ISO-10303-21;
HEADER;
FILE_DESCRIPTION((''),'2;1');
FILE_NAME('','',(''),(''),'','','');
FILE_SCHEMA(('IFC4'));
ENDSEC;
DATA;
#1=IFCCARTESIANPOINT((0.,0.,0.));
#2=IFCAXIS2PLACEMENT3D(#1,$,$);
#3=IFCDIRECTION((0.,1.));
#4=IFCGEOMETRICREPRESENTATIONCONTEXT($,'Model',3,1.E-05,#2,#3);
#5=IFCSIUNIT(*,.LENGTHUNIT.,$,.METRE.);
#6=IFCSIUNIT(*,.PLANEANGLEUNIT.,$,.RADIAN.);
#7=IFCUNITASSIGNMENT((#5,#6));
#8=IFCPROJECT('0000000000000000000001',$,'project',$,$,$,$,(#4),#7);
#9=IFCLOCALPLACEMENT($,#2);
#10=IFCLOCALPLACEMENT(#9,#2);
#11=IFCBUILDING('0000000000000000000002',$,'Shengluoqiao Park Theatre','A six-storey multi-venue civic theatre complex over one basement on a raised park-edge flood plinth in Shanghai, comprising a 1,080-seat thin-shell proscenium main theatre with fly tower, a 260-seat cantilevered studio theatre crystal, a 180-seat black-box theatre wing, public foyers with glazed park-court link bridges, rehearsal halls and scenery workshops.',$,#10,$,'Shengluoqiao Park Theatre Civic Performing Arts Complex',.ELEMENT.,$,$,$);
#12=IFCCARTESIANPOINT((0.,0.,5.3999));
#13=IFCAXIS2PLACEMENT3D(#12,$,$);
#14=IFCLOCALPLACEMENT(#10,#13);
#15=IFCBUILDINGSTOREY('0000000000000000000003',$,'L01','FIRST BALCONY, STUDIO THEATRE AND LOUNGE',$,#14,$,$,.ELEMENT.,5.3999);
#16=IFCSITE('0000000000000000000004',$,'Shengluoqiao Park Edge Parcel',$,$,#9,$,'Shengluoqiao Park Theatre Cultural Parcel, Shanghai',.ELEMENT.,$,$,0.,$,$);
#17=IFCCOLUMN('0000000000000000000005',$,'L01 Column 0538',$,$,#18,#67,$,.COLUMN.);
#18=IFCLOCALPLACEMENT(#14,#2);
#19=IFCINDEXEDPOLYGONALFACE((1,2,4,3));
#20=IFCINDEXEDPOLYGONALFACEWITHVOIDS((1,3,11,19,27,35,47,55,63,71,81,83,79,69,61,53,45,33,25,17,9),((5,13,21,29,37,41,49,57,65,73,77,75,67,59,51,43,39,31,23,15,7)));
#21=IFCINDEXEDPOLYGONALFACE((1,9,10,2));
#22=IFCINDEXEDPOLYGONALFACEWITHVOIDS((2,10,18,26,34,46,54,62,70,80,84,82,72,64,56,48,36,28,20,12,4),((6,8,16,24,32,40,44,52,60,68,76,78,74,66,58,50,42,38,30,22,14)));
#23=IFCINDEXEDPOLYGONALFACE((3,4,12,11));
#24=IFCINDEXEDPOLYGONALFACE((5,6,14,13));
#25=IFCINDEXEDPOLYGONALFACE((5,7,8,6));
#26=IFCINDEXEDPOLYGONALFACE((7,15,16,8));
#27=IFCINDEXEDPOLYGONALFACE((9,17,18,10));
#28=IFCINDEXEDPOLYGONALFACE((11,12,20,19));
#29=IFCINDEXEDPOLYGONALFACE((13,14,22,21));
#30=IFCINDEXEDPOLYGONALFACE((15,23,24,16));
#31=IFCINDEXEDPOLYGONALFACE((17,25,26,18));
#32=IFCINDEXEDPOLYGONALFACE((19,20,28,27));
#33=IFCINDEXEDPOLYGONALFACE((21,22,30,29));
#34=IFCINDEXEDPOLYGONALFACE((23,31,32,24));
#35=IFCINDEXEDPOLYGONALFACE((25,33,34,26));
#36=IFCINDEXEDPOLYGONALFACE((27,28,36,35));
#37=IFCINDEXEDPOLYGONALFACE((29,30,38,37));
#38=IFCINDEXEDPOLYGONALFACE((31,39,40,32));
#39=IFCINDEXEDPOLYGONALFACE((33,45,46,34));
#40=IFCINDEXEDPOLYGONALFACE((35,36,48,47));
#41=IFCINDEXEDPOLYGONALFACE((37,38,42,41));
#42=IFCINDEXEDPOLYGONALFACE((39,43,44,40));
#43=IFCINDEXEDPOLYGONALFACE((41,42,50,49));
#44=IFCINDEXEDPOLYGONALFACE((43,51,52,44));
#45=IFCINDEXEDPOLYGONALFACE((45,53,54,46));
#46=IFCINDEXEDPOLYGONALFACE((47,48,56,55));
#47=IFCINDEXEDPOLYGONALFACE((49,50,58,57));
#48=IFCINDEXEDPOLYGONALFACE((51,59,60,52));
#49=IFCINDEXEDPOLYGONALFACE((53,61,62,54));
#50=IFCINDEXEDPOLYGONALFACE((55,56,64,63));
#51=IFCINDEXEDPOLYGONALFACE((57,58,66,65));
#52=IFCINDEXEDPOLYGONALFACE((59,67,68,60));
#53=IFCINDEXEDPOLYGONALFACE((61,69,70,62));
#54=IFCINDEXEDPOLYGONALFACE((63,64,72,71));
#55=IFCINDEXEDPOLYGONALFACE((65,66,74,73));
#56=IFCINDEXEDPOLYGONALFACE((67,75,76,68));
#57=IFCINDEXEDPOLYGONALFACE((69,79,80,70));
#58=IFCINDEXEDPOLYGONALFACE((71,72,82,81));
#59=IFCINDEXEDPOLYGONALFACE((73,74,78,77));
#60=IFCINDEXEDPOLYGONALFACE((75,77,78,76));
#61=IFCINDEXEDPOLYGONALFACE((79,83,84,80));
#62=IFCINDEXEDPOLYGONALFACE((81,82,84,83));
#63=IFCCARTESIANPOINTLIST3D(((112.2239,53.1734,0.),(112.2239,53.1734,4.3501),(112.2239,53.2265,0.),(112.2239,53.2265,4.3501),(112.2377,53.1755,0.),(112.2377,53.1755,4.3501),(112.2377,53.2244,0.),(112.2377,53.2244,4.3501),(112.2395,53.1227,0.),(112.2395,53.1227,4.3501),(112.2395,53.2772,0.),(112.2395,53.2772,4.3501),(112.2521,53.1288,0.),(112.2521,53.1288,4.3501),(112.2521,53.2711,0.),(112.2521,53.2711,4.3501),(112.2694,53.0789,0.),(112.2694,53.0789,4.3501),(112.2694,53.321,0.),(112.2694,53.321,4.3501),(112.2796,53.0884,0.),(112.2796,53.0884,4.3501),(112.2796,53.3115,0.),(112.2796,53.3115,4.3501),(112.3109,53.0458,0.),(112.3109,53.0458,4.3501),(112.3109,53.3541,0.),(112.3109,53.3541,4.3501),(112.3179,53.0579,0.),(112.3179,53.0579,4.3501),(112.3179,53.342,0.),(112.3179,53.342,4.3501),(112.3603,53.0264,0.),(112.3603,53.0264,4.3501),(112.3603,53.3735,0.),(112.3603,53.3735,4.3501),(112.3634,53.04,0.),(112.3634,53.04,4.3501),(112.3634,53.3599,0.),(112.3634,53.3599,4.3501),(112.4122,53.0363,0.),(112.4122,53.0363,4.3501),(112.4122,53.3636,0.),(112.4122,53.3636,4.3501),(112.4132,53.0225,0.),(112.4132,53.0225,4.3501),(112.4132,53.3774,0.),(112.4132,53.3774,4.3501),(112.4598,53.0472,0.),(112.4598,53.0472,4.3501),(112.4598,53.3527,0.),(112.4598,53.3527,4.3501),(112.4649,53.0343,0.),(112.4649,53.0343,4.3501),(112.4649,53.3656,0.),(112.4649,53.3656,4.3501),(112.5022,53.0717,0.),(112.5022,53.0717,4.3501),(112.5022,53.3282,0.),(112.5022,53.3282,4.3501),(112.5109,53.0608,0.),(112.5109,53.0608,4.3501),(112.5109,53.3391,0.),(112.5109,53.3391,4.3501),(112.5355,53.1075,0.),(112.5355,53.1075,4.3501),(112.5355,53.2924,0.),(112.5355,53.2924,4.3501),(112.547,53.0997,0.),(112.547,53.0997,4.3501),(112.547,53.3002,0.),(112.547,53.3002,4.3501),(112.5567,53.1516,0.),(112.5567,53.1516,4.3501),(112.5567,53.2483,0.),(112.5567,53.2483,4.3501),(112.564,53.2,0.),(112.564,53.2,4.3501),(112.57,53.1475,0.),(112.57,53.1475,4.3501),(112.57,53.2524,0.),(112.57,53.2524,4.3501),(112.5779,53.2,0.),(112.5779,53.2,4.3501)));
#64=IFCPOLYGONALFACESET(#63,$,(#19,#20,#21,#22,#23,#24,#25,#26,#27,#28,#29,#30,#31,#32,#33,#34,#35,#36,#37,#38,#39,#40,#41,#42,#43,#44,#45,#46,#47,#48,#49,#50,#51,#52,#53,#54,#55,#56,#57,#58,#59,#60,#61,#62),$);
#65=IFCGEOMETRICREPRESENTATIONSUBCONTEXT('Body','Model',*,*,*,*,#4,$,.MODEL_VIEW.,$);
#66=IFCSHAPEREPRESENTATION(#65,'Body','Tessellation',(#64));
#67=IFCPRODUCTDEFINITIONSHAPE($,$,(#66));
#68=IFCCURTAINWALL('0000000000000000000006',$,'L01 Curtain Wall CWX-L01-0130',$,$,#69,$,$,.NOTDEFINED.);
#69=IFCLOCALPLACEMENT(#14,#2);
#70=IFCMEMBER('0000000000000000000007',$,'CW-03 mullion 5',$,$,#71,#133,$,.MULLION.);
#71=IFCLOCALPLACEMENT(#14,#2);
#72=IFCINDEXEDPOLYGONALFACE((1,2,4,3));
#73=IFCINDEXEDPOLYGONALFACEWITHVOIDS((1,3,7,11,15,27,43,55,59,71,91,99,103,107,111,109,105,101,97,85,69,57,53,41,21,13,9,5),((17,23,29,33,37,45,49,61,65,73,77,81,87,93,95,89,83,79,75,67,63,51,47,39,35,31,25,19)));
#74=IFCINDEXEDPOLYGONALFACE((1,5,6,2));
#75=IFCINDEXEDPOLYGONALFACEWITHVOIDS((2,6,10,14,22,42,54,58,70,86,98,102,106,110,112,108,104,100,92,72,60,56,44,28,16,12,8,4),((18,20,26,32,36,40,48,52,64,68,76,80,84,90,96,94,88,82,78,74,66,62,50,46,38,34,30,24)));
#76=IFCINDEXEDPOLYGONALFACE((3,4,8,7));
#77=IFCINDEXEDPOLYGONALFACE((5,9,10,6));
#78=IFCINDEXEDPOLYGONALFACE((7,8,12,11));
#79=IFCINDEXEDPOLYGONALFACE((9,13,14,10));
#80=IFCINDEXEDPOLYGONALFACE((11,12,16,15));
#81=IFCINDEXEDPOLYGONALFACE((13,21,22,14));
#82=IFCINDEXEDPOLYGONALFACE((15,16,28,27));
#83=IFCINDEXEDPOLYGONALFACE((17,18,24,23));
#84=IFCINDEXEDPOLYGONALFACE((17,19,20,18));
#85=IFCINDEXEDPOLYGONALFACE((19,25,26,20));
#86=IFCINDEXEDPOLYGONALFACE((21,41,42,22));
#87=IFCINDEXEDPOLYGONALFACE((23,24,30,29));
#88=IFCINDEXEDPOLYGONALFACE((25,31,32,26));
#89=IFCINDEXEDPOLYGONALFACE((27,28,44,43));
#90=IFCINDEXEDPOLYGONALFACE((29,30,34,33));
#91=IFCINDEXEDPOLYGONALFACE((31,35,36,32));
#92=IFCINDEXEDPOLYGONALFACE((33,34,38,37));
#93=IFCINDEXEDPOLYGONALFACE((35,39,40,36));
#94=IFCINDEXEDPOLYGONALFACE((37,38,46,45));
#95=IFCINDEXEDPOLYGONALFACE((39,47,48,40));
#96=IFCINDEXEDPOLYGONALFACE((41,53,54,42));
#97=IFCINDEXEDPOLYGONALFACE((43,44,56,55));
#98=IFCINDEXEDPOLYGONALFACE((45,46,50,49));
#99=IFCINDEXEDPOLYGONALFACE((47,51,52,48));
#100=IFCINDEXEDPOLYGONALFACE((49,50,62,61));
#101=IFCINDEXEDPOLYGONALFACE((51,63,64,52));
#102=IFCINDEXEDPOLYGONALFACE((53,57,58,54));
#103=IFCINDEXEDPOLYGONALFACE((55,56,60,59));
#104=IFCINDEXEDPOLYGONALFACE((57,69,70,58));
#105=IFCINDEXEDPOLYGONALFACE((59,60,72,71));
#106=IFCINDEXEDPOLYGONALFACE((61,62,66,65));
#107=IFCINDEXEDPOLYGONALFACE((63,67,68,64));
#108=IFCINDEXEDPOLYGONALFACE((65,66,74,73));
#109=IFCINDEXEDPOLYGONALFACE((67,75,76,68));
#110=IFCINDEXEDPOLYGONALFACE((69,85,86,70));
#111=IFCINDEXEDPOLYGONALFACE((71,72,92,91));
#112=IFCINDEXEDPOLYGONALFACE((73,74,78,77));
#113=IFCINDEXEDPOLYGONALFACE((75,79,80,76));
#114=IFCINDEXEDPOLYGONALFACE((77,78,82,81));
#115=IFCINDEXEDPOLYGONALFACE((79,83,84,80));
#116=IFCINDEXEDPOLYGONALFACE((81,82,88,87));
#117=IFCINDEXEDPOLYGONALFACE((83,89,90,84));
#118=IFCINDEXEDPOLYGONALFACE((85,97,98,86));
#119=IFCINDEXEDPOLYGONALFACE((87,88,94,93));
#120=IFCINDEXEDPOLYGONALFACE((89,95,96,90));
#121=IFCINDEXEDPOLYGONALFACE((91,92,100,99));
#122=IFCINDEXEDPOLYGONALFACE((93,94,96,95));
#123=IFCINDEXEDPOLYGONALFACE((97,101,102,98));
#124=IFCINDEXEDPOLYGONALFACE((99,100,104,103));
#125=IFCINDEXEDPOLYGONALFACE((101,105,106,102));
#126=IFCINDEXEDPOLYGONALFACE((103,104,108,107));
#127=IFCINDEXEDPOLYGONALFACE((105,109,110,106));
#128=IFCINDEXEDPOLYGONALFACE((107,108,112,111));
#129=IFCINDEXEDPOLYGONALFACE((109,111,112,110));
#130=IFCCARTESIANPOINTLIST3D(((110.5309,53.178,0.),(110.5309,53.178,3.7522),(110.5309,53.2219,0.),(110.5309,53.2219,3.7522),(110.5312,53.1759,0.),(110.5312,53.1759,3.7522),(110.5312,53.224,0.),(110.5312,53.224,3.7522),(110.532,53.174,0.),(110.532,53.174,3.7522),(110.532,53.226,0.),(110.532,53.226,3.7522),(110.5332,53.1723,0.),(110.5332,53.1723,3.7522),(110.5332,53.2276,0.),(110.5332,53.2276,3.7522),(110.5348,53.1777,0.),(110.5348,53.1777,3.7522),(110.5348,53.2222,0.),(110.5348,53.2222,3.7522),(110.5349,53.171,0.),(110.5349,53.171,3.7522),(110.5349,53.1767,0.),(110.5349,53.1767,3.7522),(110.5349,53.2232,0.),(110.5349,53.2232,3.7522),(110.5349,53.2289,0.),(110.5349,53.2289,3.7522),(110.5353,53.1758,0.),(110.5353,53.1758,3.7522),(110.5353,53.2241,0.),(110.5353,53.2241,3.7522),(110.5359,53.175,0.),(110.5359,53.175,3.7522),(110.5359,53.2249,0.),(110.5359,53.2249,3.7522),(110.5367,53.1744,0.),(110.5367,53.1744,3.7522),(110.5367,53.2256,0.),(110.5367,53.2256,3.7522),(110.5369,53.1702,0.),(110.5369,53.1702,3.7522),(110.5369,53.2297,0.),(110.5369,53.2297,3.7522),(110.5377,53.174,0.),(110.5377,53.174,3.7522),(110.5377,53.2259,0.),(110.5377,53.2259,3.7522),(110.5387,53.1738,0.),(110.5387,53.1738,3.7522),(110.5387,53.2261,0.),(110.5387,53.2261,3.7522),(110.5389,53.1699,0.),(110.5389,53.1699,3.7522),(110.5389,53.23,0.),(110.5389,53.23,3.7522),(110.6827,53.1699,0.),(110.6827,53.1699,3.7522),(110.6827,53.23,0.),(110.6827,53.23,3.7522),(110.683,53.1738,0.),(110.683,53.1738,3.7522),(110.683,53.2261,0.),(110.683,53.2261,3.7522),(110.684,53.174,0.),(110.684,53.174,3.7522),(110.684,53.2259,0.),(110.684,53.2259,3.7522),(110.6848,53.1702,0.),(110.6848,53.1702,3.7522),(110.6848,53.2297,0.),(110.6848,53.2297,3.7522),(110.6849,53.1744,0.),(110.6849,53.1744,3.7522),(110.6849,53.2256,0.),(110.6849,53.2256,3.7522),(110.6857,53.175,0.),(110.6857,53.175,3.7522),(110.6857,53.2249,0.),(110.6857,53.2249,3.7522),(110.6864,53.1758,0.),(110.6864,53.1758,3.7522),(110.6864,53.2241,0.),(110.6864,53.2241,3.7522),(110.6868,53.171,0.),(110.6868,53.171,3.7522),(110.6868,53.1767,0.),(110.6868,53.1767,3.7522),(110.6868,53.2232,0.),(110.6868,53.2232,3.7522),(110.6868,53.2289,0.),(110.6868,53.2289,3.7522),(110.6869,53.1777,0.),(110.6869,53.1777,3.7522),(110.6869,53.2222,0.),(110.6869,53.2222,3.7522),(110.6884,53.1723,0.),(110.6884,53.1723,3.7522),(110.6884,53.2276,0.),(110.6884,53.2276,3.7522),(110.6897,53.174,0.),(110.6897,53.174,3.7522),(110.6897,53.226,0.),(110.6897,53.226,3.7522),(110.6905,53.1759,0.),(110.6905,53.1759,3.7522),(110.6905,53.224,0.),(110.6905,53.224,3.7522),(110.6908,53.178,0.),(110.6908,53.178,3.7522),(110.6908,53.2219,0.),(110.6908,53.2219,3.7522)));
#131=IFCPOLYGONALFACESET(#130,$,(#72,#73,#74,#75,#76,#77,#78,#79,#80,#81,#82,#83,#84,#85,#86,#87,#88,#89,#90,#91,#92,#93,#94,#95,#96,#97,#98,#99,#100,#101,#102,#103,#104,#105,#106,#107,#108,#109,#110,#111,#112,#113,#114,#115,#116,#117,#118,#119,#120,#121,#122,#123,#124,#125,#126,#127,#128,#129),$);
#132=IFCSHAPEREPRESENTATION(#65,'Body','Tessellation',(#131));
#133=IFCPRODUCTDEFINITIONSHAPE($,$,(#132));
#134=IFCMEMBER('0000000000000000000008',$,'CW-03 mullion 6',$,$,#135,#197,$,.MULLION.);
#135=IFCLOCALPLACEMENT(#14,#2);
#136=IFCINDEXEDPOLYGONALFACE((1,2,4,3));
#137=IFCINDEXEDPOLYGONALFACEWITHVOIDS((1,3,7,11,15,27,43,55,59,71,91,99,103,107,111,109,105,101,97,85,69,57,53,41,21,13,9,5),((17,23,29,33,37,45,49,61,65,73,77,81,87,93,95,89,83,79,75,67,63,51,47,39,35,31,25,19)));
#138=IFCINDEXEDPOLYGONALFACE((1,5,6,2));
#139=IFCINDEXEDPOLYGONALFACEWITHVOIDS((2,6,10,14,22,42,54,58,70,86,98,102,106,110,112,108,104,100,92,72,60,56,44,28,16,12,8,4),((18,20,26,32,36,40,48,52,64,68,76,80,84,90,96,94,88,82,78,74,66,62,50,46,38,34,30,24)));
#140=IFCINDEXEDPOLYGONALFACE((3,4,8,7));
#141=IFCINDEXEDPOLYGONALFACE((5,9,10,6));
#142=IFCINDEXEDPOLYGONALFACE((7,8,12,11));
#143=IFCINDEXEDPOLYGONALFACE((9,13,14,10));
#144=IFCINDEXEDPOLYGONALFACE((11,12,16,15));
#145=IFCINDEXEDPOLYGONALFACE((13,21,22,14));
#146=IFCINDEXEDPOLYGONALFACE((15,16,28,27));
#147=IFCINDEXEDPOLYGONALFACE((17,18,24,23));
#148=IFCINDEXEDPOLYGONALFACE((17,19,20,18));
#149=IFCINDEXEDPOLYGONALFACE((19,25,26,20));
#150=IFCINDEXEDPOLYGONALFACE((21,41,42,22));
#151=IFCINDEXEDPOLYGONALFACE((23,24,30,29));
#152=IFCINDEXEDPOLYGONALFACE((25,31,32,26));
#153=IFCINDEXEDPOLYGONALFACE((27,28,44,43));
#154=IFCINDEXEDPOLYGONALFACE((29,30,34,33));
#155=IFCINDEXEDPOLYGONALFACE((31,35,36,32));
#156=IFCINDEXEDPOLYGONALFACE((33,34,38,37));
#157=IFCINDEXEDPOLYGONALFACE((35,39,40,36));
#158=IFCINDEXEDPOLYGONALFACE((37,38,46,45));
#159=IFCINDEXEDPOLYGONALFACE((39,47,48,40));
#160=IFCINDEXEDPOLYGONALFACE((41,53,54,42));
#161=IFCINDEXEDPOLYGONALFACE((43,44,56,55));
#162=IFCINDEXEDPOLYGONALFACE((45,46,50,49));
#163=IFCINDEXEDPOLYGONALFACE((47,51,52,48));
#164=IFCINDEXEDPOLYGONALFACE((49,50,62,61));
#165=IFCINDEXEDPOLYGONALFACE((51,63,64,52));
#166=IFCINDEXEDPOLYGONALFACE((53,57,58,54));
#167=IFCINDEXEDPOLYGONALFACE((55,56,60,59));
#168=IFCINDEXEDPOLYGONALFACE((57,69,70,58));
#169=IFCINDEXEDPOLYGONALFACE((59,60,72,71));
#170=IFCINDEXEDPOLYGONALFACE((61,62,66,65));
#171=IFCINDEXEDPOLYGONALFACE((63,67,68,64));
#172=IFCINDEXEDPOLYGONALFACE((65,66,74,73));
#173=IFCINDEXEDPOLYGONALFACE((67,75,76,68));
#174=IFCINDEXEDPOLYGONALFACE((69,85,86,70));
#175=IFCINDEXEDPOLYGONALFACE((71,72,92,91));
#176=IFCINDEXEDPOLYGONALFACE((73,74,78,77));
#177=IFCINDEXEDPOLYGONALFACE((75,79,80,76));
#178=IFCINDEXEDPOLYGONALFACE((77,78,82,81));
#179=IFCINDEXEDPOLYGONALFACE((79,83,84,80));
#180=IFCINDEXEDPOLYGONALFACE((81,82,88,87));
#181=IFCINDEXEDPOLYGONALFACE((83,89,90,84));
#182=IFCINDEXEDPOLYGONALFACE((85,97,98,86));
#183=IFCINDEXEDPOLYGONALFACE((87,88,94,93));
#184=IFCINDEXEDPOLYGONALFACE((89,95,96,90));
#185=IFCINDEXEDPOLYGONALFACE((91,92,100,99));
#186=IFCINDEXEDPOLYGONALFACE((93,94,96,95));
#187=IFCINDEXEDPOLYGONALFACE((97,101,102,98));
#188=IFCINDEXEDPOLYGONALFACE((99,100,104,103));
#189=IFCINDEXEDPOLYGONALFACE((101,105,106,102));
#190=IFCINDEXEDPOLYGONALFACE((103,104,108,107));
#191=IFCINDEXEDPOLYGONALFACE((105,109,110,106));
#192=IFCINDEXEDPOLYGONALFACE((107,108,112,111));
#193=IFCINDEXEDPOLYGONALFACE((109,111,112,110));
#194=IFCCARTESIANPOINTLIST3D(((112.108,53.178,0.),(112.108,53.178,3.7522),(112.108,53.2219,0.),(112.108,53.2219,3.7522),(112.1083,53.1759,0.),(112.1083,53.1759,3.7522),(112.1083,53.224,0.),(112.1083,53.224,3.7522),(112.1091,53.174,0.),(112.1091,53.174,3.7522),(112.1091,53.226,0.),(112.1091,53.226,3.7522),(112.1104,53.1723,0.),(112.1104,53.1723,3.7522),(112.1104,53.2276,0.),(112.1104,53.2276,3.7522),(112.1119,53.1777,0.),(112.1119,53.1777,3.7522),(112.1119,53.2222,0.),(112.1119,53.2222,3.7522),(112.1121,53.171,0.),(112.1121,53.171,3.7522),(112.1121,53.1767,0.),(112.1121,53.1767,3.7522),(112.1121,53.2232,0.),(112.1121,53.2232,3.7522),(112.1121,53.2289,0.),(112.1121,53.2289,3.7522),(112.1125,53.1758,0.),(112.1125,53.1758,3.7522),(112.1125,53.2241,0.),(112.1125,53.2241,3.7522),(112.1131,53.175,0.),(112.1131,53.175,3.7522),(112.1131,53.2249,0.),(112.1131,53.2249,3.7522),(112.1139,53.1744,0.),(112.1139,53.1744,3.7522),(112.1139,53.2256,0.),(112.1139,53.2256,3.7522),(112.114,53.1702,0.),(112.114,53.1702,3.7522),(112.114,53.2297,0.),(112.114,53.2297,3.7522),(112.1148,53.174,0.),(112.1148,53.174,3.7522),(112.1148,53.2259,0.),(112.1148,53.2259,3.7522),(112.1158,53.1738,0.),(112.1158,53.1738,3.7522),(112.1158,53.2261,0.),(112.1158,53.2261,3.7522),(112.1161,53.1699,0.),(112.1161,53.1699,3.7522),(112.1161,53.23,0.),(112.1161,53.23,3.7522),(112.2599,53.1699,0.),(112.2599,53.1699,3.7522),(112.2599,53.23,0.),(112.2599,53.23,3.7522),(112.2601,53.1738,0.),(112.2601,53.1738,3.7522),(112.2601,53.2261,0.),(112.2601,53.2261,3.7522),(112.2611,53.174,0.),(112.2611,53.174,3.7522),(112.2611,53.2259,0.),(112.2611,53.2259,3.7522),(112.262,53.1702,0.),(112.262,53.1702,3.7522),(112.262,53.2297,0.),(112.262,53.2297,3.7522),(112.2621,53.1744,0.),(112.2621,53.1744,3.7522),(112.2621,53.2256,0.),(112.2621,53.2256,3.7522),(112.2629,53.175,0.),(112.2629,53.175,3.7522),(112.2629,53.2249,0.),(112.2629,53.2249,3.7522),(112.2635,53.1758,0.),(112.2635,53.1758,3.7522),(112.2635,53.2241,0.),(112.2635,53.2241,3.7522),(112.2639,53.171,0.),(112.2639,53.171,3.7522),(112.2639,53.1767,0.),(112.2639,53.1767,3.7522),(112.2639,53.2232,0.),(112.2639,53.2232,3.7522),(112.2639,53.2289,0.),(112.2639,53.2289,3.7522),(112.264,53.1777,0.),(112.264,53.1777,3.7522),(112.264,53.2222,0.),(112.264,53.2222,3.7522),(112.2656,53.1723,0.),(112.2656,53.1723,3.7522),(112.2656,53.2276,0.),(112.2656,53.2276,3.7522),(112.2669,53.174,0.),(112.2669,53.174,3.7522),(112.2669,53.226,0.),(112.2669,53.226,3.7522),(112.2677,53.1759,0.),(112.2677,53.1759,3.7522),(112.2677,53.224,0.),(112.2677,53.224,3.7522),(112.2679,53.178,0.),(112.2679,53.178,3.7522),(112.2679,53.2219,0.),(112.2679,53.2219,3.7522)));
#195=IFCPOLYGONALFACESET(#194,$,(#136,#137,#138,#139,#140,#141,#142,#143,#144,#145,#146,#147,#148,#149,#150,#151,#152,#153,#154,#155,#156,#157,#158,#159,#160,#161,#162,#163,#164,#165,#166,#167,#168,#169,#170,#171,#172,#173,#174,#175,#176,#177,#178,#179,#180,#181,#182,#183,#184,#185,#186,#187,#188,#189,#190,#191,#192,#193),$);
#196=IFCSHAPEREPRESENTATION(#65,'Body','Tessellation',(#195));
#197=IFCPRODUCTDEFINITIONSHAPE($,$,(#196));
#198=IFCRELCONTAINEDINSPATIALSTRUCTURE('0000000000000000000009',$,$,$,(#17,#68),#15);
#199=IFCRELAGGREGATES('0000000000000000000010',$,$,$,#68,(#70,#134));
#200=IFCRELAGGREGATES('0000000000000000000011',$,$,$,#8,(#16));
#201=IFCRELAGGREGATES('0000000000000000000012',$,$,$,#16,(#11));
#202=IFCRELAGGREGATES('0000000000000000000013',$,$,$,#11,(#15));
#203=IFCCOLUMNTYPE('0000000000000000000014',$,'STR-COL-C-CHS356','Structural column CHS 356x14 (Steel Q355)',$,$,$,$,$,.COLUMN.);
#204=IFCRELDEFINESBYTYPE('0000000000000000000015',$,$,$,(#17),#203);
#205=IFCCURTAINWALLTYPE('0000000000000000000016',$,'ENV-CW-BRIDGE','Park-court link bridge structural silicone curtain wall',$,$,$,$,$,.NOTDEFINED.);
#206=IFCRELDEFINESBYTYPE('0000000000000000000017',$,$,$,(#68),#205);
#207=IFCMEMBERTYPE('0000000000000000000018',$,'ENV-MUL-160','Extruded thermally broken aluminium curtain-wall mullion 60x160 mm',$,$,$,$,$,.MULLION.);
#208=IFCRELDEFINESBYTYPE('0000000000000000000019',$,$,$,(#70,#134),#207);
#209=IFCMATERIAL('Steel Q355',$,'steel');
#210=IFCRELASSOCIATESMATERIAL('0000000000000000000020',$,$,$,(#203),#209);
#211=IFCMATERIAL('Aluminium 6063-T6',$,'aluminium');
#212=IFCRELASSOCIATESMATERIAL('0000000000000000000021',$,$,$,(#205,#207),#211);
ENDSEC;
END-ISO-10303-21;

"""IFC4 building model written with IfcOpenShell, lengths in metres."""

from ifc_helpers import new_model, si_unit, direction, frame, origin, origin_2d, place, context, subcontext, project, spatial, hollow_rectangle, hollow_circle, extrude, material, material_profile, profile_set, type_object, element, aggregate, save


model = new_model("IFC4")

# Units and contexts
model_context = context("Model", 3, precision=1e-05, world=origin(), true_north=direction((0.0, 1.0)))
body_context = subcontext(model_context, "Body", "Model", "MODEL_VIEW")
ifc_project = project(units=[si_unit("LENGTHUNIT", "METRE"), si_unit("PLANEANGLEUNIT", "RADIAN")], contexts=[model_context])

# Site, building, storey
site_placement = place(None, origin())
site = spatial("IfcSite", under=ifc_project, at=site_placement, Name="Shengluoqiao Park Edge Parcel", LongName="Shengluoqiao Park Theatre Cultural Parcel, Shanghai", CompositionType="ELEMENT", RefElevation=0.0)
building_placement = place(site_placement, origin())
building = spatial("IfcBuilding", under=site, at=building_placement, Name="Shengluoqiao Park Theatre", Description="A six-storey multi-venue civic theatre complex over one basement on a raised park-edge flood plinth in Shanghai, comprising a 1,080-seat thin-shell proscenium main theatre with fly tower, a 260-seat cantilevered studio theatre crystal, a 180-seat black-box theatre wing, public foyers with glazed park-court link bridges, rehearsal halls and scenery workshops.", LongName="Shengluoqiao Park Theatre Civic Performing Arts Complex", CompositionType="ELEMENT")
storey_placement = place(building_placement, frame((0.0, 0.0, 5.3999)))
storey = spatial("IfcBuildingStorey", under=building, at=storey_placement, Name="L01", Description="FIRST BALCONY, STUDIO THEATRE AND LOUNGE", CompositionType="ELEMENT", Elevation=5.3999)

# Column
ifc_material_1 = material(Name="Steel Q355", Category="steel")
ifc_material_profile_1 = material_profile(ifc_material_1, hollow_circle(Radius=0.178, WallThickness=0.0139, at=origin_2d()), Name="CHS 356x14")
ifc_profile_set_1 = profile_set([ifc_material_profile_1], Name="Steel Q355")
column_type = type_object("IfcColumnType", Name="STR-COL-C-CHS356", Description="Structural column CHS 356x14 (Steel Q355)", PredefinedType="COLUMN", material=ifc_profile_set_1)
column_placement = place(storey_placement, frame((112.3999, 53.2, 0.0), z_axis=(0.0, 0.0, 1.0), x_axis=(1.0, 0.0, 0.0)))
element("IfcColumn", 1, at=column_placement, inside=storey, type_object=column_type, Name="L01 Column 0538", PredefinedType="COLUMN", context=body_context, shape_type="SweptSolid", body=[
    extrude(hollow_circle(Radius=0.178, WallThickness=0.0139, at=origin_2d()), origin(), (0.0, 0.0, 1.0), 4.3501),
])

# Curtain wall, members
ifc_material_2 = material(Name="Aluminium 6063-T6", Category="aluminium")
curtain_wall_type = type_object("IfcCurtainWallType", Name="ENV-CW-BRIDGE", Description="Park-court link bridge structural silicone curtain wall", PredefinedType="NOTDEFINED", material=ifc_material_2)
curtain_wall_1_placement = place(storey_placement, origin())
curtain_wall_1 = element("IfcCurtainWall", 2, at=curtain_wall_1_placement, inside=storey, type_object=curtain_wall_type, Name="L01 Curtain Wall CWX-L01-0130", PredefinedType="NOTDEFINED")
ifc_material_profile_2 = material_profile(ifc_material_2, hollow_rectangle(XDim=0.0601, YDim=0.1599, WallThickness=0.0039, InnerFilletRadius=0.0039, OuterFilletRadius=0.0081, at=origin_2d()), Name="ALU MULLION 160x60x4")
ifc_profile_set_2 = profile_set([ifc_material_profile_2], Name="Aluminium 6063-T6")
member_type_1 = type_object("IfcMemberType", Name="ENV-MUL-160", Description="Extruded thermally broken aluminium curtain-wall mullion 60x160 mm", PredefinedType="MULLION", material=ifc_profile_set_2)
member_1_placement = place(storey_placement, frame((110.6108, 53.2, 0.0), z_axis=(0.0, 0.0, 1.0), x_axis=(0.0, 1.0, 0.0)))
member_1 = element("IfcMember", 3, at=member_1_placement, type_object=member_type_1, Name="CW-03 mullion 5", PredefinedType="MULLION", context=body_context, shape_type="SweptSolid", body=[
    extrude(hollow_rectangle(XDim=0.0601, YDim=0.1599, WallThickness=0.0039, InnerFilletRadius=0.0039, OuterFilletRadius=0.0081, at=origin_2d()), origin(), (0.0, 0.0, 1.0), 3.7522),
])
member_2_placement = place(storey_placement, frame((112.188, 53.2, 0.0), z_axis=(0.0, 0.0, 1.0), x_axis=(0.0, 1.0, 0.0)))
member_2 = element("IfcMember", 4, at=member_2_placement, type_object=member_type_1, Name="CW-03 mullion 6", PredefinedType="MULLION", context=body_context, shape_type="SweptSolid", body=[
    extrude(hollow_rectangle(XDim=0.0601, YDim=0.1599, WallThickness=0.0039, InnerFilletRadius=0.0039, OuterFilletRadius=0.0081, at=origin_2d()), origin(), (0.0, 0.0, 1.0), 3.7522),
])

aggregate(curtain_wall_1, [member_1, member_2])

save(model, "model.ifc")
